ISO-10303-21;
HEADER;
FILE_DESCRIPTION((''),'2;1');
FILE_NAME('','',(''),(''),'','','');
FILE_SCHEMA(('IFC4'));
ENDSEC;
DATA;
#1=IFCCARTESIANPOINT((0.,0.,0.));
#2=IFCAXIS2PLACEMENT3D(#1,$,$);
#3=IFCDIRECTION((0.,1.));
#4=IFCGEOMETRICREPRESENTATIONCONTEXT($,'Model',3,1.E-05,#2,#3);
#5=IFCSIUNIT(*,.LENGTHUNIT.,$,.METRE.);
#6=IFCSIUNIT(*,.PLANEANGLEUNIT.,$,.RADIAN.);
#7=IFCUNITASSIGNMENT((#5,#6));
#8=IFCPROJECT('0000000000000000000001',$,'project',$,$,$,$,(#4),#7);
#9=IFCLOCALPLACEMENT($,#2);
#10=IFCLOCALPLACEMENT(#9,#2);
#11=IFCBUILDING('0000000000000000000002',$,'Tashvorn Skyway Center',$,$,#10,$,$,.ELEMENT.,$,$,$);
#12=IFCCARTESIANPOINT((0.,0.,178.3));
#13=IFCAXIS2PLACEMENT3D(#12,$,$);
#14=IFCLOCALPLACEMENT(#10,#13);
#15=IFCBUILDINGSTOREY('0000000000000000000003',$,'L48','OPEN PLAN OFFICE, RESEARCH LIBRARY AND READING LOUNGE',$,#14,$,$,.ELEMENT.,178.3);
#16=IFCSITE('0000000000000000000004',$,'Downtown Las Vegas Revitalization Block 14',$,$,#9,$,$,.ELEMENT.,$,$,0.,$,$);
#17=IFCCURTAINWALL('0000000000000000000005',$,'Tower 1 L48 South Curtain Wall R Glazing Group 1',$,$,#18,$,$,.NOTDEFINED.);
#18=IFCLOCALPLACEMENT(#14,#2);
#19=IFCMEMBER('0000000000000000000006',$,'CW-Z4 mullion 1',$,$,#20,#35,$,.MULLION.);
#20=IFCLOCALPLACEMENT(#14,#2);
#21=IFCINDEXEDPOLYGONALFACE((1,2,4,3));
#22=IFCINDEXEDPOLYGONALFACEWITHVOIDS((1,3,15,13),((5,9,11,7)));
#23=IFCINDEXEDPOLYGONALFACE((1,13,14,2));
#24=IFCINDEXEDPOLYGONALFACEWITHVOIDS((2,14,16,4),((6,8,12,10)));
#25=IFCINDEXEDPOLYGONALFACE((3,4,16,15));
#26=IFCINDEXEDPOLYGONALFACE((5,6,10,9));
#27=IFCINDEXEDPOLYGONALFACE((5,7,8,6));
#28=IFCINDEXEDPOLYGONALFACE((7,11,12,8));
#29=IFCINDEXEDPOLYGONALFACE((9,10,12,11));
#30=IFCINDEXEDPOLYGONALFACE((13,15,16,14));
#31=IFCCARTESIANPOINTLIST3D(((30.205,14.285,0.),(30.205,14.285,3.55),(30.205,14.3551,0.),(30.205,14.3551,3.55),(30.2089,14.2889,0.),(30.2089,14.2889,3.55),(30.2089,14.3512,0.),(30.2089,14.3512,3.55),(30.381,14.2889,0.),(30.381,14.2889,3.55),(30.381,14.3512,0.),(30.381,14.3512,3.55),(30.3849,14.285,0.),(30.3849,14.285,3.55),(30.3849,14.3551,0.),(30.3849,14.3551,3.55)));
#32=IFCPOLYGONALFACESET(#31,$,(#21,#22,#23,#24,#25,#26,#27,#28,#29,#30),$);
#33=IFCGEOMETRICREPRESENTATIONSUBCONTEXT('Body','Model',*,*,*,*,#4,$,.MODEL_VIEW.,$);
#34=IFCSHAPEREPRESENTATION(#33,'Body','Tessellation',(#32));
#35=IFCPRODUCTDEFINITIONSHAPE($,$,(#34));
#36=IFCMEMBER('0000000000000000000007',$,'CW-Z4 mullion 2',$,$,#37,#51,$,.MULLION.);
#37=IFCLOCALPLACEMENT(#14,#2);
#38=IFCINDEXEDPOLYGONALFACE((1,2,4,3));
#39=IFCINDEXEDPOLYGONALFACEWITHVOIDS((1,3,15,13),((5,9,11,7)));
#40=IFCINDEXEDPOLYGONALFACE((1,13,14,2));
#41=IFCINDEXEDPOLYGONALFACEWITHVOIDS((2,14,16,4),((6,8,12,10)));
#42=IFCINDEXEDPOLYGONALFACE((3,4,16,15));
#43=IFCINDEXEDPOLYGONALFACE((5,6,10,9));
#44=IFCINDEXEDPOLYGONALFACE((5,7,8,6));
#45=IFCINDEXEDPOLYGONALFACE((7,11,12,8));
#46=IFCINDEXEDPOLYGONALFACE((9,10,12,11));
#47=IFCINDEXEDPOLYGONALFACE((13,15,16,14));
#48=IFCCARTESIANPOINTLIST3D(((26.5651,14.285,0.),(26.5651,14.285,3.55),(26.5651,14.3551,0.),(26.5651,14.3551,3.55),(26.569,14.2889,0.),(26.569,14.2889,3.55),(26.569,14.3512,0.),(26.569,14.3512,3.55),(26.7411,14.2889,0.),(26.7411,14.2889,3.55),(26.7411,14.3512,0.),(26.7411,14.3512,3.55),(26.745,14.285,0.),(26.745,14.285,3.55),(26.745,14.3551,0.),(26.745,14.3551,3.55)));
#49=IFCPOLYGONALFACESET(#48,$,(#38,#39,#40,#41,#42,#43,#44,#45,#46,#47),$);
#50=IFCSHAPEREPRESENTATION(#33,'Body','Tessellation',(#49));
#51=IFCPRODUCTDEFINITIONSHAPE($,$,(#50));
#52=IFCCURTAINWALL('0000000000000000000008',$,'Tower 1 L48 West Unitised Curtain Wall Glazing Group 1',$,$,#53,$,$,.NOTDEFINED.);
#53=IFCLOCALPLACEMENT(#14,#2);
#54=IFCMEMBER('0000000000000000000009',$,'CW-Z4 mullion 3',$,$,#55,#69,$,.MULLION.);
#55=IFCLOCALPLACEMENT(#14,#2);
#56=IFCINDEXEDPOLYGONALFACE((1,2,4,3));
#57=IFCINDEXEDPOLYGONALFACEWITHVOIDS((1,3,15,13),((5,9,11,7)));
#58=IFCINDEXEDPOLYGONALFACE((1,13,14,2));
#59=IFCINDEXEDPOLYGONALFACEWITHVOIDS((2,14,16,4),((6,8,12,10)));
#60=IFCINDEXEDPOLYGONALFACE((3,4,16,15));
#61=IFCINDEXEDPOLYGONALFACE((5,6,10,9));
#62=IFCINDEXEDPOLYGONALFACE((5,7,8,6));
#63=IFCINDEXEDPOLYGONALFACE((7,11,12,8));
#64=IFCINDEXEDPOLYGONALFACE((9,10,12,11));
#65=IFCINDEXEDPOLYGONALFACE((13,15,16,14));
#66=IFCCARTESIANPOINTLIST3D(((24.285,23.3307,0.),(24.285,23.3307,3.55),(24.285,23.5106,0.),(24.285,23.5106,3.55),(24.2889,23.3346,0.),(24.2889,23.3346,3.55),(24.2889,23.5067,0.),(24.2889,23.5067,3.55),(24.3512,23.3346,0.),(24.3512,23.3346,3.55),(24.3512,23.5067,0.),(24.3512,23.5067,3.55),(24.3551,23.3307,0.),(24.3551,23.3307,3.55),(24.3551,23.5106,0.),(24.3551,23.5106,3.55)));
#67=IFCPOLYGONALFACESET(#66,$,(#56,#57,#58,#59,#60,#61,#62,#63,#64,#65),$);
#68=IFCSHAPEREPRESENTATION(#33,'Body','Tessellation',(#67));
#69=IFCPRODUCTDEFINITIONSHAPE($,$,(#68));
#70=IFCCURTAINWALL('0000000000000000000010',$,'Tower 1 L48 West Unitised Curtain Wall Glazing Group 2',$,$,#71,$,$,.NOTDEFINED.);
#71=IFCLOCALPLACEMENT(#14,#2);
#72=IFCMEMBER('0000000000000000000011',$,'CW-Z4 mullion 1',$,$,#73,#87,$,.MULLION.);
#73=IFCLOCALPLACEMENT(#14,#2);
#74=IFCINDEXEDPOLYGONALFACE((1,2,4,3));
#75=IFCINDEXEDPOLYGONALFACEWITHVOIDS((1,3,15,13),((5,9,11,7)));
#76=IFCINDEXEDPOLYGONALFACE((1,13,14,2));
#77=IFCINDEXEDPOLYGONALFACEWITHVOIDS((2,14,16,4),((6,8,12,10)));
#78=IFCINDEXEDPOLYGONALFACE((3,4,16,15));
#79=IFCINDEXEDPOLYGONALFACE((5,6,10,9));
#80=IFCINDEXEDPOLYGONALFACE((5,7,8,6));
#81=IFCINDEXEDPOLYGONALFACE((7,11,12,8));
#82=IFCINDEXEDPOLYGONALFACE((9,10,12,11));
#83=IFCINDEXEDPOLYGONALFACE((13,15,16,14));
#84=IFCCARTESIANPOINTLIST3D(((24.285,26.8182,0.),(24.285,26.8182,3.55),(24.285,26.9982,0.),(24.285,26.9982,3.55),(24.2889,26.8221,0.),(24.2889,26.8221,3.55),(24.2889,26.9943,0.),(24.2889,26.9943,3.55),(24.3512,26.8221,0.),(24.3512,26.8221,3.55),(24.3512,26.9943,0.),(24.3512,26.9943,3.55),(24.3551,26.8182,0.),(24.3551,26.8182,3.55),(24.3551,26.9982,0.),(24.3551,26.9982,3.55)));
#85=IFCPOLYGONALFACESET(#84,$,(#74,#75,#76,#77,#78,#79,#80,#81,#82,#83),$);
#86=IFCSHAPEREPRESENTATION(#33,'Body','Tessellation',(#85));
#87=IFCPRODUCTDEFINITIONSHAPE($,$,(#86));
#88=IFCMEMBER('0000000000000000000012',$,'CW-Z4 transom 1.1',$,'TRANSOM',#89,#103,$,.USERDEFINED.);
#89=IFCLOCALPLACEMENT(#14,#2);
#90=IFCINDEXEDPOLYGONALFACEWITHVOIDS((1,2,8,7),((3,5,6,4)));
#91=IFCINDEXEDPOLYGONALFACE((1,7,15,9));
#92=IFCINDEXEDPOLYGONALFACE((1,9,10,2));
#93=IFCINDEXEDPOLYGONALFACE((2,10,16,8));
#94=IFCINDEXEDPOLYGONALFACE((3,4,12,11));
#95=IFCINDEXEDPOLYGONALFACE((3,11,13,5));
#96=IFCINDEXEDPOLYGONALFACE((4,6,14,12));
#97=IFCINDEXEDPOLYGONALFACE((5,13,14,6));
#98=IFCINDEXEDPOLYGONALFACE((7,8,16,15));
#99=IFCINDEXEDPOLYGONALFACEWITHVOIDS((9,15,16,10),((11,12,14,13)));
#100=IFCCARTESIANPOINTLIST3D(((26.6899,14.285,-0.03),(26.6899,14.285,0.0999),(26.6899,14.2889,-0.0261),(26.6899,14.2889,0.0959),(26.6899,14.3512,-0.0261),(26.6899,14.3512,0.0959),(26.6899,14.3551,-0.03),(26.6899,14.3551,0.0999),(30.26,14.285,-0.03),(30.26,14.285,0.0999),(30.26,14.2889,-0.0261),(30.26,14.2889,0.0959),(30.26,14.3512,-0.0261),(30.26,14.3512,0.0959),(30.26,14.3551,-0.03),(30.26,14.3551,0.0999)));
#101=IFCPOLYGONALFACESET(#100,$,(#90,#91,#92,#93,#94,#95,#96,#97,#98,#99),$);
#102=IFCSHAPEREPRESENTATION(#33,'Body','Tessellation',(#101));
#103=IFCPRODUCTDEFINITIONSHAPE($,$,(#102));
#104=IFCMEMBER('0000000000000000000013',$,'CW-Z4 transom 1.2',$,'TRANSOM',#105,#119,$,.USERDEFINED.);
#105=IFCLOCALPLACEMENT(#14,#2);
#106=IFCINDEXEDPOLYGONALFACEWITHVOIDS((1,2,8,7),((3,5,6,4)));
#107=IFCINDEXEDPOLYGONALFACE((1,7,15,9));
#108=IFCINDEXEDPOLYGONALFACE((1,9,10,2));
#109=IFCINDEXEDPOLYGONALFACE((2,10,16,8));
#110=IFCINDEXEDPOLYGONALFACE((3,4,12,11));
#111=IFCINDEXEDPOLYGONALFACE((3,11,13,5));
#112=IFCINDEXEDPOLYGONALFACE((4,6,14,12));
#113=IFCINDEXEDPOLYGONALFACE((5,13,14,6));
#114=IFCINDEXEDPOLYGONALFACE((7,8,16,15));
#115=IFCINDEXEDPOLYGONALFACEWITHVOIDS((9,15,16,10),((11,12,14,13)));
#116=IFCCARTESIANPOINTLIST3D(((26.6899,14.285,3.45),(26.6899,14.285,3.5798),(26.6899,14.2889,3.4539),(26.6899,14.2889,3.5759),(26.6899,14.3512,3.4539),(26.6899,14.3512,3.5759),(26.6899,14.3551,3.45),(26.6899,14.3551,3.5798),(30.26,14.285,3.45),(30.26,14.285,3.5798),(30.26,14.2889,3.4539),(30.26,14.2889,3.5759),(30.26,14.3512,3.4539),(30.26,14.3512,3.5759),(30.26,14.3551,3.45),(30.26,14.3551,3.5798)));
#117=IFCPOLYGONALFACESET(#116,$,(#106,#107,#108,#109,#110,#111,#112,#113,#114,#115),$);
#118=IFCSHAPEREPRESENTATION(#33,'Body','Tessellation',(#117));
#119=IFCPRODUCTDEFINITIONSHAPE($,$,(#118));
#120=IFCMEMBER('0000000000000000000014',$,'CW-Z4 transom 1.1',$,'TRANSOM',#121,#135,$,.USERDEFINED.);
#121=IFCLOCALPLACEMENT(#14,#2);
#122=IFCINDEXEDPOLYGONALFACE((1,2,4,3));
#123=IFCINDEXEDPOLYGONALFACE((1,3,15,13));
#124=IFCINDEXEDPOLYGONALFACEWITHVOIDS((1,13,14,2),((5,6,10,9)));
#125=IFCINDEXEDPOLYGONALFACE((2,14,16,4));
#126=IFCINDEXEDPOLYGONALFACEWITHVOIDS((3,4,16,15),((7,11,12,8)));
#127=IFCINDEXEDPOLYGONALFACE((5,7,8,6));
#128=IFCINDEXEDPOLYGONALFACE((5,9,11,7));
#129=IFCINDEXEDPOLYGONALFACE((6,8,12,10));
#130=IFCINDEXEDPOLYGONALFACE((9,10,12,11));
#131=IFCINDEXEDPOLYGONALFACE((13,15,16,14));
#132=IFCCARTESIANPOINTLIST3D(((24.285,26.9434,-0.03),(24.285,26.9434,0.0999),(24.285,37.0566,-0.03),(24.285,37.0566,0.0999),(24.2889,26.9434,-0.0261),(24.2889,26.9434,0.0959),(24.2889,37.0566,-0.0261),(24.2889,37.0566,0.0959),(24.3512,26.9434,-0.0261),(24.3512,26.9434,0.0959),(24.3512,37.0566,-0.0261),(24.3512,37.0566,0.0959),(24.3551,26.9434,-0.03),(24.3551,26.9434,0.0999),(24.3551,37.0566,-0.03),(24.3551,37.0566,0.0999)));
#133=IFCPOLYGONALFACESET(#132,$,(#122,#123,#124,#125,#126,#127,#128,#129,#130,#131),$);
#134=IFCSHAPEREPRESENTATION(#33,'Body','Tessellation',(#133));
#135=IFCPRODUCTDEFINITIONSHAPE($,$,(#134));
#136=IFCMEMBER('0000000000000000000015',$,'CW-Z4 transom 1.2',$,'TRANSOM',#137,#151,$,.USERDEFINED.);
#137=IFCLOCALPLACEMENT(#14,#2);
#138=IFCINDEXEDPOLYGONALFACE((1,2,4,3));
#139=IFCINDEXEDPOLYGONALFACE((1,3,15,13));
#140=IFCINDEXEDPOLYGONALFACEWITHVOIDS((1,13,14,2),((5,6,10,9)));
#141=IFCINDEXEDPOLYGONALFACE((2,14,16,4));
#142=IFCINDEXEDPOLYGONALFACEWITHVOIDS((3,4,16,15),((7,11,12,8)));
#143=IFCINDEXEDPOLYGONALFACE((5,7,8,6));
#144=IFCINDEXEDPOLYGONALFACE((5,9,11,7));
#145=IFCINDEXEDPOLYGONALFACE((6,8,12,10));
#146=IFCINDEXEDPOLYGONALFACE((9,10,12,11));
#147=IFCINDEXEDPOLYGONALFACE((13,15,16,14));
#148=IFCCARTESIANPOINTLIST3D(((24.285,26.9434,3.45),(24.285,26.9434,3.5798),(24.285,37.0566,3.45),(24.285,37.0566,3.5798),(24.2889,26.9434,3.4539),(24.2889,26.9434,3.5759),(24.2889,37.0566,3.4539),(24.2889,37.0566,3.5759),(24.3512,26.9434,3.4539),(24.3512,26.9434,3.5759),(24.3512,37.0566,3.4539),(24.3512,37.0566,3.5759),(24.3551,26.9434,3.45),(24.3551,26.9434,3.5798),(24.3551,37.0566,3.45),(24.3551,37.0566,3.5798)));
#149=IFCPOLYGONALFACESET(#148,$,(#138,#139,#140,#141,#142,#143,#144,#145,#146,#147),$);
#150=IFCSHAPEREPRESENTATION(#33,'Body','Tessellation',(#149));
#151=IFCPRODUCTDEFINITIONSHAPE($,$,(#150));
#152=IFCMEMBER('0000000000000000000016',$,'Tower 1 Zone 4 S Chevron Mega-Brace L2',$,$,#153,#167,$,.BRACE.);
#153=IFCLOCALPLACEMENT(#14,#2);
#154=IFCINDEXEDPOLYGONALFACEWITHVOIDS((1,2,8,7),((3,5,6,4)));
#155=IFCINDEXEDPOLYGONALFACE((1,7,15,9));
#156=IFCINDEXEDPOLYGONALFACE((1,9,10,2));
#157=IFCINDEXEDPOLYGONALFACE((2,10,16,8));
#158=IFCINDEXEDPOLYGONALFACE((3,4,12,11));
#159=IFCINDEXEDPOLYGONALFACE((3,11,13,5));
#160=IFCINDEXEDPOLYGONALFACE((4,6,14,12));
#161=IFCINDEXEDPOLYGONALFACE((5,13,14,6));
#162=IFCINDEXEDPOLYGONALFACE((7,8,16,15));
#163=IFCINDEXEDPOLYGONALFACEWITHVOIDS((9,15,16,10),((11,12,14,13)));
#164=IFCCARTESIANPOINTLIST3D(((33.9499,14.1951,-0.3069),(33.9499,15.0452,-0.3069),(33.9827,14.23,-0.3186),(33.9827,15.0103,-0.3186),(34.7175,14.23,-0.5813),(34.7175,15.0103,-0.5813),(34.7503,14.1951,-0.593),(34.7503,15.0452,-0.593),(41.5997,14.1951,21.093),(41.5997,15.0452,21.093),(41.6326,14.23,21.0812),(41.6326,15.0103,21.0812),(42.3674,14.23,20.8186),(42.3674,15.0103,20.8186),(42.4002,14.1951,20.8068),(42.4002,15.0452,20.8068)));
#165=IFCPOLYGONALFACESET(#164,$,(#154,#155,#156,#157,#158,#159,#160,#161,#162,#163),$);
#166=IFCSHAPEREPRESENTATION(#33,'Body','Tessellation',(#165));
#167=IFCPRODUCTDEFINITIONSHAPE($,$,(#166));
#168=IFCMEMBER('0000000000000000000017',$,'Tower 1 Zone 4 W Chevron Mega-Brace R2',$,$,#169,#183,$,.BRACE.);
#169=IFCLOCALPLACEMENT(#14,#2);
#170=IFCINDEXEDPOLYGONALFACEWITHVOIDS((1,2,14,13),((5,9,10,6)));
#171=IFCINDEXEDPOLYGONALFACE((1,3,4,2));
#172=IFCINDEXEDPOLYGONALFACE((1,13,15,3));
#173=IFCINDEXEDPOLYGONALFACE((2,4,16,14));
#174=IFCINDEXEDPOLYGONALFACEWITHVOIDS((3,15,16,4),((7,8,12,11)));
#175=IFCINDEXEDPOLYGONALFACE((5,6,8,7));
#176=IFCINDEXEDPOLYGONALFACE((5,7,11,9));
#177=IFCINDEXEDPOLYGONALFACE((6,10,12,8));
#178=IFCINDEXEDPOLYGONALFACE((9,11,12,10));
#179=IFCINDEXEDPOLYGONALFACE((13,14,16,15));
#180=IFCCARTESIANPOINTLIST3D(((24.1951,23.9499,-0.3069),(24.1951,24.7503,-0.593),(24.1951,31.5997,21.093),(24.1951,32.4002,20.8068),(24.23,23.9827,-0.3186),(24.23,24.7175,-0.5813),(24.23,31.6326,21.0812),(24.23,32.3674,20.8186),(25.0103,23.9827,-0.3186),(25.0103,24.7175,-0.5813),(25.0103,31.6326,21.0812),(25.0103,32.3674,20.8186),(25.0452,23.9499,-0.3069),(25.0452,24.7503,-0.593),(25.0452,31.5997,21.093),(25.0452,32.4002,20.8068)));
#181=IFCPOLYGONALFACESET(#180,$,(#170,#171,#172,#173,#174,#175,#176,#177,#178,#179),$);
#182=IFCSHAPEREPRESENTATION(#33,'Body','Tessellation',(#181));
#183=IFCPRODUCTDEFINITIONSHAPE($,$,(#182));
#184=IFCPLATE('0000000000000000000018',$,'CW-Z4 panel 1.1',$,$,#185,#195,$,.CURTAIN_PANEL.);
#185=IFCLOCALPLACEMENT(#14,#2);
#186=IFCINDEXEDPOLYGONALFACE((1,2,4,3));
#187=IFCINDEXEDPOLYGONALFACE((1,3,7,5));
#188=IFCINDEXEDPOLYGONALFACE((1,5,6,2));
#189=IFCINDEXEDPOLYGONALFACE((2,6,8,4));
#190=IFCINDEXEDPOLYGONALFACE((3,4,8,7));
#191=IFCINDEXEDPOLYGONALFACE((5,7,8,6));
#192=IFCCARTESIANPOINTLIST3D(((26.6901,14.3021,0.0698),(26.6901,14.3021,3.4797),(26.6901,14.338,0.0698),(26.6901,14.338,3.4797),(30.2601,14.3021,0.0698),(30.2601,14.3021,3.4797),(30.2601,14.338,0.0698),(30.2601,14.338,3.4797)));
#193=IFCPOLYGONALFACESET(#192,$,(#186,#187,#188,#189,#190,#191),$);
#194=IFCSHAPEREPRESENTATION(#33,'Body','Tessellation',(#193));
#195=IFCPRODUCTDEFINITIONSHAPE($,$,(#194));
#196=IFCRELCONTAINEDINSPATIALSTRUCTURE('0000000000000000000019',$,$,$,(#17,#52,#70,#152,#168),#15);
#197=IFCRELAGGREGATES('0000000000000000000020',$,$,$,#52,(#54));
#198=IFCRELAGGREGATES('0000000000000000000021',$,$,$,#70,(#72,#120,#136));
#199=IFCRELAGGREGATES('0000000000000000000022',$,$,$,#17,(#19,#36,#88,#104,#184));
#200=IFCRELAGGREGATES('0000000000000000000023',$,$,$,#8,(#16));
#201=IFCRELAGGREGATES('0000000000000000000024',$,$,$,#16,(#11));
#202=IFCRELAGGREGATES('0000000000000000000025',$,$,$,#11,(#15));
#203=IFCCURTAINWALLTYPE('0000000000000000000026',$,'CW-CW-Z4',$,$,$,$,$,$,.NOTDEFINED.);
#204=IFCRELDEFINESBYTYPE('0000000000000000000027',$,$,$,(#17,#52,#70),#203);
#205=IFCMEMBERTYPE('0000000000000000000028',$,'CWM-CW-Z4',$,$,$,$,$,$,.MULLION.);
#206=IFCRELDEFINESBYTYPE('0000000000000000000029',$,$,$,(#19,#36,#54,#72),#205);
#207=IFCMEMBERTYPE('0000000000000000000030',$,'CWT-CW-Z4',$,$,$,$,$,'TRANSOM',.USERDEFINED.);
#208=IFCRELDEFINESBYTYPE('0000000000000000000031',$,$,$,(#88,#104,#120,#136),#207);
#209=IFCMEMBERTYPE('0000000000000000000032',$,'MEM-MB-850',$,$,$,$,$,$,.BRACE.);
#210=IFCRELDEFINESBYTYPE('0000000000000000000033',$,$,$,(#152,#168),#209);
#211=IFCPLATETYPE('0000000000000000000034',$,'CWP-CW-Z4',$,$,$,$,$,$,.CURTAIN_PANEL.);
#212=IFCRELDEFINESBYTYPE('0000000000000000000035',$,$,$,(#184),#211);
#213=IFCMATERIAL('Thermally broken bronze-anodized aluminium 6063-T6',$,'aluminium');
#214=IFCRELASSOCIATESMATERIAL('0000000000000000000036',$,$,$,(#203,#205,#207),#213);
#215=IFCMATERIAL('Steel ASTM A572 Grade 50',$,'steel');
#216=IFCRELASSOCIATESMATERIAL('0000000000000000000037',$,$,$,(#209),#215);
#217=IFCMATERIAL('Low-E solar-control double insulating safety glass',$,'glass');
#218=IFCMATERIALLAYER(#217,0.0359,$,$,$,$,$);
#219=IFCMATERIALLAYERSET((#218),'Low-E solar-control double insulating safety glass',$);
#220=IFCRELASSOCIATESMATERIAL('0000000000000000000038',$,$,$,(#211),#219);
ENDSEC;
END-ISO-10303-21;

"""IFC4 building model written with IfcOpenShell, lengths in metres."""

from ifc_helpers import new_model, si_unit, direction, frame, origin, origin_2d, place, context, subcontext, project, spatial, rectangle, hollow_rectangle, extrude, material, layer, layer_set, material_profile, profile_set, type_object, element, aggregate, save


model = new_model("IFC4")

# Units and contexts
model_context = context("Model", 3, precision=1e-05, world=origin(), true_north=direction((0.0, 1.0)))
body_context = subcontext(model_context, "Body", "Model", "MODEL_VIEW")
ifc_project = project(units=[si_unit("LENGTHUNIT", "METRE"), si_unit("PLANEANGLEUNIT", "RADIAN")], contexts=[model_context])

# Site, building, storey
site_placement = place(None, origin())
site = spatial("IfcSite", under=ifc_project, at=site_placement, Name="Downtown Las Vegas Revitalization Block 14", CompositionType="ELEMENT", RefElevation=0.0)
building_placement = place(site_placement, origin())
building = spatial("IfcBuilding", under=site, at=building_placement, Name="Tashvorn Skyway Center", CompositionType="ELEMENT")
storey_placement = place(building_placement, frame((0.0, 0.0, 178.3)))
storey = spatial("IfcBuildingStorey", under=building, at=storey_placement, Name="L48", Description="OPEN PLAN OFFICE, RESEARCH LIBRARY AND READING LOUNGE", CompositionType="ELEMENT", Elevation=178.3)

# Shared definitions
ifc_material_1 = material(Name="Steel ASTM A572 Grade 50", Category="steel")

# Curtain wall, members
ifc_material_2 = material(Name="Thermally broken bronze-anodized aluminium 6063-T6", Category="aluminium")
curtain_wall_type = type_object("IfcCurtainWallType", Name="CW-CW-Z4", PredefinedType="NOTDEFINED", material=ifc_material_2)
curtain_wall_1_placement = place(storey_placement, origin())
curtain_wall_1 = element("IfcCurtainWall", 1, at=curtain_wall_1_placement, inside=storey, type_object=curtain_wall_type, Name="Tower 1 L48 South Curtain Wall R Glazing Group 1", PredefinedType="NOTDEFINED")
ifc_material_profile_1 = material_profile(ifc_material_2, hollow_rectangle(XDim=0.0701, YDim=0.1799, WallThickness=0.0039, at=origin_2d()), Name="ALU-MULL-70x180")
ifc_profile_set_1 = profile_set([ifc_material_profile_1], Name="Thermally broken bronze-anodized aluminium 6063-T6")
member_type_1 = type_object("IfcMemberType", Name="CWM-CW-Z4", PredefinedType="MULLION", material=ifc_profile_set_1)
member_1_placement = place(storey_placement, frame((30.2949, 14.3201, 0.0), z_axis=(0.0, 0.0, 1.0), x_axis=(0.0, -1.0, 0.0)))
member_1 = element("IfcMember", 2, at=member_1_placement, type_object=member_type_1, Name="CW-Z4 mullion 1", PredefinedType="MULLION", context=body_context, shape_type="SweptSolid", body=[
    extrude(hollow_rectangle(XDim=0.0701, YDim=0.1799, WallThickness=0.0039, at=origin_2d()), origin(), (0.0, 0.0, 1.0), 3.55),
])
member_2_placement = place(storey_placement, frame((26.655, 14.3201, 0.0), z_axis=(0.0, 0.0, 1.0), x_axis=(0.0, -1.0, 0.0)))
member_2 = element("IfcMember", 3, at=member_2_placement, type_object=member_type_1, Name="CW-Z4 mullion 2", PredefinedType="MULLION", context=body_context, shape_type="SweptSolid", body=[
    extrude(hollow_rectangle(XDim=0.0701, YDim=0.1799, WallThickness=0.0039, at=origin_2d()), origin(), (0.0, 0.0, 1.0), 3.55),
])

# Curtain walls, members
curtain_wall_2_placement = place(storey_placement, origin())
curtain_wall_2 = element("IfcCurtainWall", 4, at=curtain_wall_2_placement, inside=storey, type_object=curtain_wall_type, Name="Tower 1 L48 West Unitised Curtain Wall Glazing Group 1", PredefinedType="NOTDEFINED")
member_3_placement = place(storey_placement, frame((24.3201, 23.4207, 0.0), z_axis=(0.0, 0.0, 1.0), x_axis=(-1.0, 0.0, 0.0)))
member_3 = element("IfcMember", 5, at=member_3_placement, type_object=member_type_1, Name="CW-Z4 mullion 3", PredefinedType="MULLION", context=body_context, shape_type="SweptSolid", body=[
    extrude(hollow_rectangle(XDim=0.0701, YDim=0.1799, WallThickness=0.0039, at=origin_2d()), origin(), (0.0, 0.0, 1.0), 3.55),
])
aggregate(curtain_wall_2, [member_3])
curtain_wall_3_placement = place(storey_placement, origin())
curtain_wall_3 = element("IfcCurtainWall", 6, at=curtain_wall_3_placement, inside=storey, type_object=curtain_wall_type, Name="Tower 1 L48 West Unitised Curtain Wall Glazing Group 2", PredefinedType="NOTDEFINED")
member_4_placement = place(storey_placement, frame((24.3201, 26.9082, 0.0), z_axis=(0.0, 0.0, 1.0), x_axis=(-1.0, 0.0, 0.0)))
member_4 = element("IfcMember", 7, at=member_4_placement, type_object=member_type_1, Name="CW-Z4 mullion 1", PredefinedType="MULLION", context=body_context, shape_type="SweptSolid", body=[
    extrude(hollow_rectangle(XDim=0.0701, YDim=0.1799, WallThickness=0.0039, at=origin_2d()), origin(), (0.0, 0.0, 1.0), 3.55),
])

# Members
ifc_material_profile_2 = material_profile(ifc_material_2, hollow_rectangle(XDim=0.0701, YDim=0.1299, WallThickness=0.0039, at=origin_2d()), Name="ALU-TRAN-70x130")
ifc_profile_set_2 = profile_set([ifc_material_profile_2], Name="Thermally broken bronze-anodized aluminium 6063-T6")
member_type_2 = type_object("IfcMemberType", Name="CWT-CW-Z4", ElementType="TRANSOM", PredefinedType="USERDEFINED", material=ifc_profile_set_2)
member_5_placement = place(storey_placement, frame((30.26, 14.3201, 0.0349), z_axis=(-1.0, 0.0, 0.0), x_axis=(0.0, -1.0, 0.0)))
member_5 = element("IfcMember", 8, at=member_5_placement, type_object=member_type_2, Name="CW-Z4 transom 1.1", ObjectType="TRANSOM", PredefinedType="USERDEFINED", context=body_context, shape_type="SweptSolid", body=[
    extrude(hollow_rectangle(XDim=0.0701, YDim=0.1299, WallThickness=0.0039, at=origin_2d()), origin(), (0.0, 0.0, 1.0), 3.5701),
])
member_6_placement = place(storey_placement, frame((30.26, 14.3201, 3.5149), z_axis=(-1.0, 0.0, 0.0), x_axis=(0.0, -1.0, 0.0)))
member_6 = element("IfcMember", 9, at=member_6_placement, type_object=member_type_2, Name="CW-Z4 transom 1.2", ObjectType="TRANSOM", PredefinedType="USERDEFINED", context=body_context, shape_type="SweptSolid", body=[
    extrude(hollow_rectangle(XDim=0.0701, YDim=0.1299, WallThickness=0.0039, at=origin_2d()), origin(), (0.0, 0.0, 1.0), 3.5701),
])
member_7_placement = place(storey_placement, frame((24.3201, 26.9434, 0.0349), z_axis=(0.0, 1.0, 0.0), x_axis=(-1.0, 0.0, 0.0)))
member_7 = element("IfcMember", 10, at=member_7_placement, type_object=member_type_2, Name="CW-Z4 transom 1.1", ObjectType="TRANSOM", PredefinedType="USERDEFINED", context=body_context, shape_type="SweptSolid", body=[
    extrude(hollow_rectangle(XDim=0.0701, YDim=0.1299, WallThickness=0.0039, at=origin_2d()), origin(), (0.0, 0.0, 1.0), 10.1133),
])
member_8_placement = place(storey_placement, frame((24.3201, 26.9434, 3.5149), z_axis=(0.0, 1.0, 0.0), x_axis=(-1.0, 0.0, 0.0)))
member_8 = element("IfcMember", 11, at=member_8_placement, type_object=member_type_2, Name="CW-Z4 transom 1.2", ObjectType="TRANSOM", PredefinedType="USERDEFINED", context=body_context, shape_type="SweptSolid", body=[
    extrude(hollow_rectangle(XDim=0.0701, YDim=0.1299, WallThickness=0.0039, at=origin_2d()), origin(), (0.0, 0.0, 1.0), 10.1133),
])
aggregate(curtain_wall_3, [member_4, member_7, member_8])

# Members
ifc_material_profile_3 = material_profile(ifc_material_1, hollow_rectangle(XDim=0.8501, YDim=0.8501, WallThickness=0.0349, at=origin_2d()), Name="BOX850x850x35")
ifc_profile_set_3 = profile_set([ifc_material_profile_3], Name="Steel ASTM A572 Grade 50")
member_type_3 = type_object("IfcMemberType", Name="MEM-MB-850", PredefinedType="BRACE", material=ifc_profile_set_3)
for number, where, z_axis, x_axis, name in (
    (12, (34.3501, 14.6201, -0.45), (0.336613, 0.0, 0.941643), (0.0, 1.0, 0.0), "Tower 1 Zone 4 S Chevron Mega-Brace L2"),
    (13, (24.6201, 24.3501, -0.45), (0.0, 0.336613, 0.941643), (-1.0, 0.0, 0.0), "Tower 1 Zone 4 W Chevron Mega-Brace R2"),
):
    element("IfcMember", number, at=place(storey_placement, frame(where, z_axis=z_axis, x_axis=x_axis)), inside=storey, type_object=member_type_3, Name=name, PredefinedType="BRACE", context=body_context, shape_type="SweptSolid", body=[
        extrude(hollow_rectangle(XDim=0.8501, YDim=0.8501, WallThickness=0.0349, at=origin_2d()), origin(), (0.0, 0.0, 1.0), 22.7261),
    ])

# Plate
ifc_material_3 = material(Name="Low-E solar-control double insulating safety glass", Category="glass")
ifc_layer_1 = layer(ifc_material_3, 0.0359)
ifc_layer_set_1 = layer_set([ifc_layer_1], Name="Low-E solar-control double insulating safety glass")
plate_type_1 = type_object("IfcPlateType", Name="CWP-CW-Z4", PredefinedType="CURTAIN_PANEL", material=ifc_layer_set_1)
plate_placement = place(storey_placement, frame((28.4751, 14.3201, 0.0698), z_axis=(0.0, 0.0, 1.0), x_axis=(-1.0, 0.0, 0.0)))
plate = element("IfcPlate", 14, at=plate_placement, type_object=plate_type_1, Name="CW-Z4 panel 1.1", PredefinedType="CURTAIN_PANEL", context=body_context, shape_type="SweptSolid", body=[
    extrude(rectangle(XDim=3.5701, YDim=0.0359, at=origin_2d()), origin(), (0.0, 0.0, 1.0), 3.4099),
])
aggregate(curtain_wall_1, [member_1, member_2, member_5, member_6, plate])

save(model, "model.ifc")
